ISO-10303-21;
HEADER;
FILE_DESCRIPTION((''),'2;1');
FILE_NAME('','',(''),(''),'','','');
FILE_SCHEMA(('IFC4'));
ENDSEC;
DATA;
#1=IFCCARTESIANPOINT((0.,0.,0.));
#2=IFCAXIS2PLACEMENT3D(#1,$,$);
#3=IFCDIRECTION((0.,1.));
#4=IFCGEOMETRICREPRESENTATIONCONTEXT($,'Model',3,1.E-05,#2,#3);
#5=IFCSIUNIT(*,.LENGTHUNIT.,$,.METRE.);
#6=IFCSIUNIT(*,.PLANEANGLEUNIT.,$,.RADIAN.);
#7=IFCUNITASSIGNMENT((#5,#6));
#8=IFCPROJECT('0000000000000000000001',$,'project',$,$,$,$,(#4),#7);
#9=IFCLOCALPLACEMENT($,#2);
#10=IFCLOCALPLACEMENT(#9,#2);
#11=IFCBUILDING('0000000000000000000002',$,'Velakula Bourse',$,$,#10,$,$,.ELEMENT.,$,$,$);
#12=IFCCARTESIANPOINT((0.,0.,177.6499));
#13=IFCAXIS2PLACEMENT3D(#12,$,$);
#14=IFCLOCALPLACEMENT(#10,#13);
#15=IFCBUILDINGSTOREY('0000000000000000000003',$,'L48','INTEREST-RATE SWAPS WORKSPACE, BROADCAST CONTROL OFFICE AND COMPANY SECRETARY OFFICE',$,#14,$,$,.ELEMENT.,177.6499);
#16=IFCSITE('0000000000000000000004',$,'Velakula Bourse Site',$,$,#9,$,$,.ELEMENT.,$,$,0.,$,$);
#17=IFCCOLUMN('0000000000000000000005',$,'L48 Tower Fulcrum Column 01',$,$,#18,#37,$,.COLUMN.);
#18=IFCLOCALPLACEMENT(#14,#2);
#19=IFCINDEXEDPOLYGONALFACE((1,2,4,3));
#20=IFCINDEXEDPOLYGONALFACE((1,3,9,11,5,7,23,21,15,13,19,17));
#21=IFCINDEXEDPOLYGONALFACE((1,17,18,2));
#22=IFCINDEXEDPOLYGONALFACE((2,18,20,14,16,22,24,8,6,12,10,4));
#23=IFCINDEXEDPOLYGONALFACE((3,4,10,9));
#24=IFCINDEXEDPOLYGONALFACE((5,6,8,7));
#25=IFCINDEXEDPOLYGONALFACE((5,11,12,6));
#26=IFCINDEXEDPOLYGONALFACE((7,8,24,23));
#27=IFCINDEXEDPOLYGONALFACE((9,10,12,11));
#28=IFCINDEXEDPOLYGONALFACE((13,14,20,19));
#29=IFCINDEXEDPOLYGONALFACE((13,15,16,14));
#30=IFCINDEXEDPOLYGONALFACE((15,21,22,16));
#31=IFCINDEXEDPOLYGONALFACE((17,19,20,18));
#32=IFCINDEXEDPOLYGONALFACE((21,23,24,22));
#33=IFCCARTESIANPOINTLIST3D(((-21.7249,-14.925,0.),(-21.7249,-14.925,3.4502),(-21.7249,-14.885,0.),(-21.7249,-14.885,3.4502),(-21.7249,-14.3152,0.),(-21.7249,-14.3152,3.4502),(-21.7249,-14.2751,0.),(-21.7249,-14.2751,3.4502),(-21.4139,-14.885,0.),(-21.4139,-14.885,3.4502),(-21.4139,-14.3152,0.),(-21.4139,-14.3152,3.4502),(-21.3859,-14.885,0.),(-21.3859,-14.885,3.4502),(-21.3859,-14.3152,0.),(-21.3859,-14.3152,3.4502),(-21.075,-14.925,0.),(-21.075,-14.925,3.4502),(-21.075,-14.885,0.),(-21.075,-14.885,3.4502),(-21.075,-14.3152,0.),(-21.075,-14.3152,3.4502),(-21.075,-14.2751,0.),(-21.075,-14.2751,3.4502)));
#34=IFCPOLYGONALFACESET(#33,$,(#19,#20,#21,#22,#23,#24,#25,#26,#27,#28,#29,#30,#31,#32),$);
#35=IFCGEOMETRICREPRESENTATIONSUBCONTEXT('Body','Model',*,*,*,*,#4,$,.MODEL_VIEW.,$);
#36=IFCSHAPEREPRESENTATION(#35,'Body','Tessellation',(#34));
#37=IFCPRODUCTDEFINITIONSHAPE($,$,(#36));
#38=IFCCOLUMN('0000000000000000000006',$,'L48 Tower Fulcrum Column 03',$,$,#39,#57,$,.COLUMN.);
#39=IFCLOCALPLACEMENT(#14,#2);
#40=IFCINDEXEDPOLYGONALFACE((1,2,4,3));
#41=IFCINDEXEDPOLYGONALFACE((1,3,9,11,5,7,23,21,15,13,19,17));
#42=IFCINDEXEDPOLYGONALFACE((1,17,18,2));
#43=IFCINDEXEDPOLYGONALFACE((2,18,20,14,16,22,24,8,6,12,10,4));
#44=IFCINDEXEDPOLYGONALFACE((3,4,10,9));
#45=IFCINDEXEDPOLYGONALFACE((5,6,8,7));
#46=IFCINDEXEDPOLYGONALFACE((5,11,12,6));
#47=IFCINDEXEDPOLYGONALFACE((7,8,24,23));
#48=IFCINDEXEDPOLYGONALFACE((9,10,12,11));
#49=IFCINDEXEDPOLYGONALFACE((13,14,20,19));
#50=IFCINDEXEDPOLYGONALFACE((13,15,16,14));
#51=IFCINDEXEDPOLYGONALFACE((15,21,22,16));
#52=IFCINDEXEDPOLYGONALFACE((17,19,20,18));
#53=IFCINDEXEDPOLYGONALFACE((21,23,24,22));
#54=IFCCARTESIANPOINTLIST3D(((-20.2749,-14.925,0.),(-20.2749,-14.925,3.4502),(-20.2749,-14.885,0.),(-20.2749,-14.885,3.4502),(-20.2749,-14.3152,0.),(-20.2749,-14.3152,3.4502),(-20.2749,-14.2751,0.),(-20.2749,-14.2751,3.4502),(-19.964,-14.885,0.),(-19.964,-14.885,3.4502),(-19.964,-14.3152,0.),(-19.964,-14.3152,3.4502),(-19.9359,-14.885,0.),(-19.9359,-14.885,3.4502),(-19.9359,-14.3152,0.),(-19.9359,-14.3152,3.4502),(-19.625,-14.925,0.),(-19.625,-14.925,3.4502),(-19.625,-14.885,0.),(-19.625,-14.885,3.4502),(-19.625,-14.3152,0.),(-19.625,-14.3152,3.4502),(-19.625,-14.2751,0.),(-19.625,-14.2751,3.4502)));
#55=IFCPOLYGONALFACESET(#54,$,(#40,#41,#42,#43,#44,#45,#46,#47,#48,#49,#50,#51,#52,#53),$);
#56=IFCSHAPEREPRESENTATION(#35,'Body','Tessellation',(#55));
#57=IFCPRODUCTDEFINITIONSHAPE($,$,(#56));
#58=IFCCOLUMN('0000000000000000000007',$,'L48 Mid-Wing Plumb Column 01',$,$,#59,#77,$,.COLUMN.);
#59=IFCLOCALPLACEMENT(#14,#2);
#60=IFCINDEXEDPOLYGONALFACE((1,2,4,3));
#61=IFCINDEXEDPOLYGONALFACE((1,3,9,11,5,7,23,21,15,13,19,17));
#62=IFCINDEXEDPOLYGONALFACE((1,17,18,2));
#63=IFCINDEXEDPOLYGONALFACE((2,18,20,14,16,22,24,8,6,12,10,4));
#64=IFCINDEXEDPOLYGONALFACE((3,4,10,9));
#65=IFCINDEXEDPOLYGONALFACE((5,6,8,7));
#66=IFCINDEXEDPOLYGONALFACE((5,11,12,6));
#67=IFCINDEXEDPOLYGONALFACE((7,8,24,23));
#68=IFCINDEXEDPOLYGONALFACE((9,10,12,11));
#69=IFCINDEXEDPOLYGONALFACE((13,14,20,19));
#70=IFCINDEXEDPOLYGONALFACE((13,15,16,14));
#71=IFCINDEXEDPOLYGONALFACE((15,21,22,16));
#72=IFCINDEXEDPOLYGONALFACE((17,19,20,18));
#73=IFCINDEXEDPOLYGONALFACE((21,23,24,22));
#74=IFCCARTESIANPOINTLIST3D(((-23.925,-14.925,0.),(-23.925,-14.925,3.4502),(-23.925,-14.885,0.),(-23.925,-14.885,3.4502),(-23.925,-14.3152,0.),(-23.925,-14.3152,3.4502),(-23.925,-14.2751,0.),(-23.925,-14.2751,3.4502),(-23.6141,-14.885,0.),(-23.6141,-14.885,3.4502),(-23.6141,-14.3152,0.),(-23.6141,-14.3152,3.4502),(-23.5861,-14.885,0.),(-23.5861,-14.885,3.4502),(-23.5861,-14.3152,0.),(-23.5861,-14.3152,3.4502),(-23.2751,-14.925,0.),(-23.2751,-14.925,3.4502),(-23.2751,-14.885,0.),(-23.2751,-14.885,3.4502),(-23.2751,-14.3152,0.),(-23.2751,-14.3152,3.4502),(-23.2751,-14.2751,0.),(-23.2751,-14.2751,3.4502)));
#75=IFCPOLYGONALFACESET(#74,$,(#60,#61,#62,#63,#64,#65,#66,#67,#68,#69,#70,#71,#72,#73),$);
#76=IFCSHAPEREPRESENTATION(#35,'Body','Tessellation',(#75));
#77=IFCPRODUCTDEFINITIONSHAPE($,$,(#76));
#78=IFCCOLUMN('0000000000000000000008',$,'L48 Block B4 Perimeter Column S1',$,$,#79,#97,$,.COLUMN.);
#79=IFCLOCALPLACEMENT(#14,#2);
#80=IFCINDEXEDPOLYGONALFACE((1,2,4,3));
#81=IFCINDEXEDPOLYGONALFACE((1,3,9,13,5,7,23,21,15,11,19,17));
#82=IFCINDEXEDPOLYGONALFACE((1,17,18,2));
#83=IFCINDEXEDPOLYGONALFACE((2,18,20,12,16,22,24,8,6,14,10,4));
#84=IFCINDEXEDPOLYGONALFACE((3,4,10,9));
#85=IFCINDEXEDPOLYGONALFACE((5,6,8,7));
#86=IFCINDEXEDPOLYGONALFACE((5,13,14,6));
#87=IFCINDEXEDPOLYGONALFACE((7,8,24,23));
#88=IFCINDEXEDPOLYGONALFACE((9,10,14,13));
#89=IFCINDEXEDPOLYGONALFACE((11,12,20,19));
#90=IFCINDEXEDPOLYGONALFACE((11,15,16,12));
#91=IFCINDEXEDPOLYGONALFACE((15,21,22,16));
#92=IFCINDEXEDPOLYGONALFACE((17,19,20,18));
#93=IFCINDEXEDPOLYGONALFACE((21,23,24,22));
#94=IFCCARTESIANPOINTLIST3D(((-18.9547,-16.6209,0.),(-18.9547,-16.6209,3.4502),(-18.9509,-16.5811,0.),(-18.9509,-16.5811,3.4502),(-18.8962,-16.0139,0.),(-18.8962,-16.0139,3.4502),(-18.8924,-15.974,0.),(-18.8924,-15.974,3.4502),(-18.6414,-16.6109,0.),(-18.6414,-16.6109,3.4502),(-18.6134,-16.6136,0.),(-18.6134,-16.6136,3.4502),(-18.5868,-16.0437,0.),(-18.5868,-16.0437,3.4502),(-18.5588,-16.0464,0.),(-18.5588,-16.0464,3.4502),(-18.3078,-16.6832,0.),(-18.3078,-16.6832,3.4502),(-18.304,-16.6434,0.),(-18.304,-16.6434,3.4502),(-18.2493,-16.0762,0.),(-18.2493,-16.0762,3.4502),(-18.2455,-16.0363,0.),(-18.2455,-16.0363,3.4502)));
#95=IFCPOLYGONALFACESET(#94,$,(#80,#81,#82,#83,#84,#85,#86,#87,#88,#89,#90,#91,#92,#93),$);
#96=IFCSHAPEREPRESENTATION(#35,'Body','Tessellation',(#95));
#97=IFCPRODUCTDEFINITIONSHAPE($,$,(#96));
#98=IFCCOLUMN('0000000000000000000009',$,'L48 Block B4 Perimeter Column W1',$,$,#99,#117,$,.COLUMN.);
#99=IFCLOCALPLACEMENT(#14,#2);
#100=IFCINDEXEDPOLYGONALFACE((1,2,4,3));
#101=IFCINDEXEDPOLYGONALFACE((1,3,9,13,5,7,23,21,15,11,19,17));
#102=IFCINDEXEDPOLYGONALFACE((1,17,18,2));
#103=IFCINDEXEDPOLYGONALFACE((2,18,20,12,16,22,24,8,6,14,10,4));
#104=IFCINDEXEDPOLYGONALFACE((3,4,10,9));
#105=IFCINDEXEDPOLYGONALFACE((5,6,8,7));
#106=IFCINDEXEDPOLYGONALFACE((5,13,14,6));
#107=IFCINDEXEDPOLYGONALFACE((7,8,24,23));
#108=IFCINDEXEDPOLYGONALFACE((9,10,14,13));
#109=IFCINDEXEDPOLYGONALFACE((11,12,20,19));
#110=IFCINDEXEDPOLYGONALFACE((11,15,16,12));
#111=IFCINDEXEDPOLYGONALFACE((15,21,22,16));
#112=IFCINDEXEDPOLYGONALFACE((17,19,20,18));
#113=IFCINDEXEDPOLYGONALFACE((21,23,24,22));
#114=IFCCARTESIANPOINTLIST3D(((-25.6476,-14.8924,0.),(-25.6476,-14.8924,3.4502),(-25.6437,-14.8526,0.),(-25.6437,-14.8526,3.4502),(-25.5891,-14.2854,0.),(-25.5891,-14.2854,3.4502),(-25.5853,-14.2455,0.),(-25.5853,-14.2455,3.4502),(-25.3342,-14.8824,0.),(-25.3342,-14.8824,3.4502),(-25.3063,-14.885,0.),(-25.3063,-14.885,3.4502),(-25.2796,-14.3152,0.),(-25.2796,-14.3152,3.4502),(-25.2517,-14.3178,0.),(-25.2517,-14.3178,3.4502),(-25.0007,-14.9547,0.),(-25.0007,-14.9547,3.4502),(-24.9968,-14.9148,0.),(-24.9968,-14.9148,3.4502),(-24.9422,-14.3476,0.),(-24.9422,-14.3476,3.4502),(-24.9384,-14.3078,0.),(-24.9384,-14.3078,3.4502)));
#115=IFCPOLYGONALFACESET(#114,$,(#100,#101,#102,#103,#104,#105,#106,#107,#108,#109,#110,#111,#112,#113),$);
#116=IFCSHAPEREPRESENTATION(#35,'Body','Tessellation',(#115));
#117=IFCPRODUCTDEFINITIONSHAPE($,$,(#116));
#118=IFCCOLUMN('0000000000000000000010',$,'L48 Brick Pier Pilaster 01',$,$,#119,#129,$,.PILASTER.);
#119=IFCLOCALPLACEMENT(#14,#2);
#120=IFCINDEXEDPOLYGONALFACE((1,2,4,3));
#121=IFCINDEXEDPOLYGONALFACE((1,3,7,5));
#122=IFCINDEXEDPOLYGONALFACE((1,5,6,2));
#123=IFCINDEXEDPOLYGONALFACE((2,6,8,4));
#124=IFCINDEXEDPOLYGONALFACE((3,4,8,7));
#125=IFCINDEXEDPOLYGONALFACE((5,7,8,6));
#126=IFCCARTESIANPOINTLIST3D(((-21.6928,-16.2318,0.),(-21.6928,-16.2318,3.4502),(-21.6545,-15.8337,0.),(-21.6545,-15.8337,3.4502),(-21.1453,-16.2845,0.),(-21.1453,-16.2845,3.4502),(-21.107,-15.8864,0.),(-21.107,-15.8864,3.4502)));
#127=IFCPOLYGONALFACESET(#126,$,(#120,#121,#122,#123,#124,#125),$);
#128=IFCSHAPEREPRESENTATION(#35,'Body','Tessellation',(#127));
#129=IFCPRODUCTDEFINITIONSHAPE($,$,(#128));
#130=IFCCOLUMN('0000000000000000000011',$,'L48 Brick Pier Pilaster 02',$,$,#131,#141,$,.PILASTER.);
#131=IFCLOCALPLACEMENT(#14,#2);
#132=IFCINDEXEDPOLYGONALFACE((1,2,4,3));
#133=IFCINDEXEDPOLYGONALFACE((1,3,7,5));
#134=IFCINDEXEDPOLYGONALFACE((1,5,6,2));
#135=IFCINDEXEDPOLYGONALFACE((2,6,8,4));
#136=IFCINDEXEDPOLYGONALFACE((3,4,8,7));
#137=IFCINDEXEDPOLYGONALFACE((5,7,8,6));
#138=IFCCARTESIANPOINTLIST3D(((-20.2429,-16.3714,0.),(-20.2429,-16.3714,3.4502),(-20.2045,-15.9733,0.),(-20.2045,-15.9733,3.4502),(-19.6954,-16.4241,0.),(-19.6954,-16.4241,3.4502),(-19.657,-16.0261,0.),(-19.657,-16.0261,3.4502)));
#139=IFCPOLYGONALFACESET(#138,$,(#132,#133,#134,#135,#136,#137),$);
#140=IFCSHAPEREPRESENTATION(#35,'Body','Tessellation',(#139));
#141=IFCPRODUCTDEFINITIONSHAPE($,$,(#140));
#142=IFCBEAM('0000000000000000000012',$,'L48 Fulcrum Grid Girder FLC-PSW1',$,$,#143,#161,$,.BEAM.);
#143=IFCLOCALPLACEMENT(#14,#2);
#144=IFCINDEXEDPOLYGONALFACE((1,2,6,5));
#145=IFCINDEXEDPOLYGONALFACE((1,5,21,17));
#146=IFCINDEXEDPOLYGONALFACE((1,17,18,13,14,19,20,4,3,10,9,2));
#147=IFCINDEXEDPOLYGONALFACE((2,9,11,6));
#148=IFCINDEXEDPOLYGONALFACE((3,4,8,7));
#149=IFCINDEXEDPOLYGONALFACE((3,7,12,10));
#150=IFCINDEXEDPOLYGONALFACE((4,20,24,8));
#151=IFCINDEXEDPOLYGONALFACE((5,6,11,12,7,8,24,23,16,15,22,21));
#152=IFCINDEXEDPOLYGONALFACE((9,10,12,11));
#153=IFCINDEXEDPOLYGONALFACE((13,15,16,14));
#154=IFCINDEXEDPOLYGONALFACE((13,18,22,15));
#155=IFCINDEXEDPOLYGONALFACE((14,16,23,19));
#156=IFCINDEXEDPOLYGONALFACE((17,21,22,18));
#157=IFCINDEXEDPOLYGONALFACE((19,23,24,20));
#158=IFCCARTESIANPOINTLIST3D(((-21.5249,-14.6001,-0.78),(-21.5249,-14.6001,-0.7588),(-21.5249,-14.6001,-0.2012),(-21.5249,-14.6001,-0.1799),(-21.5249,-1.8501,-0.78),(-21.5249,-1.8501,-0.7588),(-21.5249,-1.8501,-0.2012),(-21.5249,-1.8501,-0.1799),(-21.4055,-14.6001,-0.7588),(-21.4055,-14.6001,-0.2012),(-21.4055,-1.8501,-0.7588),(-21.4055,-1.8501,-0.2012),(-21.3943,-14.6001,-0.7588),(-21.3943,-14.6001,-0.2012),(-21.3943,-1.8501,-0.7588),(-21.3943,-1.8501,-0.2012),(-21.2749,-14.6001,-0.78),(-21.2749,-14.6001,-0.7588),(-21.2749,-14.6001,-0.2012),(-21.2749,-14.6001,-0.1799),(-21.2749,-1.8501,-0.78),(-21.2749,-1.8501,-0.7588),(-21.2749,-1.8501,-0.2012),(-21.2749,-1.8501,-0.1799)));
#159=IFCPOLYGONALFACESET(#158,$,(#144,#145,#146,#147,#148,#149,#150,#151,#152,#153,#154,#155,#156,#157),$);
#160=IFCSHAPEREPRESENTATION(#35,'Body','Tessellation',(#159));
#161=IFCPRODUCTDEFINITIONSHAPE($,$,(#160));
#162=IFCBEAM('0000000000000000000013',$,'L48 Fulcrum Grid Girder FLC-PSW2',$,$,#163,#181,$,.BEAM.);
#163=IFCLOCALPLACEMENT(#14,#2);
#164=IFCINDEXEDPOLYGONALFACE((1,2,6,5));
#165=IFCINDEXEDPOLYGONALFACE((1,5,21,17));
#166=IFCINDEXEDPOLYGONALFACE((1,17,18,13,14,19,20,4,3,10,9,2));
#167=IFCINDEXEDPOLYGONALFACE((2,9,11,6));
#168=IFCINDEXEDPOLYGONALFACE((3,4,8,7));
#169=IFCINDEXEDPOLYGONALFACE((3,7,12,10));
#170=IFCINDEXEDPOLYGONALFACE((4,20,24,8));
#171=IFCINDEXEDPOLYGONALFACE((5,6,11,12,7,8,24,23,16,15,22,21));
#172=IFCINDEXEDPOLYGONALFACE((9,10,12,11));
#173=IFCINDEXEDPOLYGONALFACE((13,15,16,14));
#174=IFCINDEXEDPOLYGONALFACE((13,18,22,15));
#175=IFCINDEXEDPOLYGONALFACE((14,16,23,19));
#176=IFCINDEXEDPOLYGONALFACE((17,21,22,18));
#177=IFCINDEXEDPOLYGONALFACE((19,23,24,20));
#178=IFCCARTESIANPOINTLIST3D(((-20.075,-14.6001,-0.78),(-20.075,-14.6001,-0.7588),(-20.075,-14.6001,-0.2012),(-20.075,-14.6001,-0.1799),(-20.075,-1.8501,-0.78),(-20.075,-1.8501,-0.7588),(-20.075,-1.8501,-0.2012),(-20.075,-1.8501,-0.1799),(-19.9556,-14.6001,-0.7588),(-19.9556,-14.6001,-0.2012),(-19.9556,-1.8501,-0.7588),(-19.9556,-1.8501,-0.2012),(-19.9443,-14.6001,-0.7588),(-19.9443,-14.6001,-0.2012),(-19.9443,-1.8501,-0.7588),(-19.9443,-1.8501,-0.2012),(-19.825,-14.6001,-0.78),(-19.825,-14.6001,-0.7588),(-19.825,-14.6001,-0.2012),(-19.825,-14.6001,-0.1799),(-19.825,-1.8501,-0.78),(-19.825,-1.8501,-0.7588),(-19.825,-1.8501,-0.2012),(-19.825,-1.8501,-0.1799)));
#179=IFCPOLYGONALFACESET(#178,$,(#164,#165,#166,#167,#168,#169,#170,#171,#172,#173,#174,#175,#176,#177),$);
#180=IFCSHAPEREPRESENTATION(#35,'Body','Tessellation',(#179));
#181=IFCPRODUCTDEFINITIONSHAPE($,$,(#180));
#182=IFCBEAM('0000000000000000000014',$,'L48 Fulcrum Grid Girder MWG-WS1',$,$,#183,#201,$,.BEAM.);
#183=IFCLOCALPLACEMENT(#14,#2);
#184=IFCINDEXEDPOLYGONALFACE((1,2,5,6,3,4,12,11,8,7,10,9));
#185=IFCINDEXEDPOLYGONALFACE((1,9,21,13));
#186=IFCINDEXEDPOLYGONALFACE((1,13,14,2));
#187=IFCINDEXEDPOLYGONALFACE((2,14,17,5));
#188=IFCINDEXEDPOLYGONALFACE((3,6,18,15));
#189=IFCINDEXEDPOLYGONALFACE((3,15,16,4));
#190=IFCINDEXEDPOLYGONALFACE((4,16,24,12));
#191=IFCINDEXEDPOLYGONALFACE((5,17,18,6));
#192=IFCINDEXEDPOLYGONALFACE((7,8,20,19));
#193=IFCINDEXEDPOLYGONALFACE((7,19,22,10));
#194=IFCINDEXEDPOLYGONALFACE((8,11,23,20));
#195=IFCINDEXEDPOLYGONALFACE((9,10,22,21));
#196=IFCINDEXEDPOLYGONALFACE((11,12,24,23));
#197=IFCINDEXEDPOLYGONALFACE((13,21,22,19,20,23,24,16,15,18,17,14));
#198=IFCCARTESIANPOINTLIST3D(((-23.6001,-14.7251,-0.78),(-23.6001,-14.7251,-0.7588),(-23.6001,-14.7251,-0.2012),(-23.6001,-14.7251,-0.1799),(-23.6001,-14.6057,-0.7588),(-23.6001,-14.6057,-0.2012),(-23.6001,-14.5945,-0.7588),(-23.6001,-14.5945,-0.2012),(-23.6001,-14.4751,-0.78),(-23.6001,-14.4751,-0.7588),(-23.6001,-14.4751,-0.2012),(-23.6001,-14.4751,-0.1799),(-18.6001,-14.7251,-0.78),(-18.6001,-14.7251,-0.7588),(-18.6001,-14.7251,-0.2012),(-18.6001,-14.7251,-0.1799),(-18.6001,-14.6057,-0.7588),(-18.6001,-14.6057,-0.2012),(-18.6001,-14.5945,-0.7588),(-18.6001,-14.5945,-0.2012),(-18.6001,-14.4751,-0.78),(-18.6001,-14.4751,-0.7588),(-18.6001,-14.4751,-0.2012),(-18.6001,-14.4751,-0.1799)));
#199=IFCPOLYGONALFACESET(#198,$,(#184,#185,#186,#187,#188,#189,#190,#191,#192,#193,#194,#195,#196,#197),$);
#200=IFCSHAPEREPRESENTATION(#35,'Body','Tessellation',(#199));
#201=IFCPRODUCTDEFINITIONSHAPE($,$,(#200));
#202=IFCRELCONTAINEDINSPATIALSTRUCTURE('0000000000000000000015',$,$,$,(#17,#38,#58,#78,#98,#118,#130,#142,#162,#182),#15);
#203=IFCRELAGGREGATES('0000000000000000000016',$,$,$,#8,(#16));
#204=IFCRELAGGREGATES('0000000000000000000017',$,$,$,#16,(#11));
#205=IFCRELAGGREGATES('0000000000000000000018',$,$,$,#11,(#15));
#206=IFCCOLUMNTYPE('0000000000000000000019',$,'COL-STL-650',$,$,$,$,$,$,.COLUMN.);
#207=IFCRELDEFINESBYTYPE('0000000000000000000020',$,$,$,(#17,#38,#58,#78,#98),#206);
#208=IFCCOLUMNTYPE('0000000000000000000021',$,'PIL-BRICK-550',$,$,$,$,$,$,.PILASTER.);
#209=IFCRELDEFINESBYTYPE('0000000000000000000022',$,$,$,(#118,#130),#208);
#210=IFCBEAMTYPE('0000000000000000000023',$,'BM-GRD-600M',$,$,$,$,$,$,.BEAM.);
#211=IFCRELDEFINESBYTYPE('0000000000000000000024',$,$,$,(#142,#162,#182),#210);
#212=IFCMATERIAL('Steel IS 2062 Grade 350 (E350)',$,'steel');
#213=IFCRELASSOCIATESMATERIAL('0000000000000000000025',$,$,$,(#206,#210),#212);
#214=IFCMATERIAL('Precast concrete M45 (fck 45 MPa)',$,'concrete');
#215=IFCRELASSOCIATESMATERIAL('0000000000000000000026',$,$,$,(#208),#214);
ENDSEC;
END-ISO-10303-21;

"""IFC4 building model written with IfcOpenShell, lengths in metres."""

from ifc_helpers import new_model, si_unit, direction, frame, origin, origin_2d, place, context, subcontext, project, spatial, rectangle, i_section, extrude, material, material_profile, profile_set, type_object, element, save


model = new_model("IFC4")

# Units and contexts
model_context = context("Model", 3, precision=1e-05, world=origin(), true_north=direction((0.0, 1.0)))
body_context = subcontext(model_context, "Body", "Model", "MODEL_VIEW")
ifc_project = project(units=[si_unit("LENGTHUNIT", "METRE"), si_unit("PLANEANGLEUNIT", "RADIAN")], contexts=[model_context])

# Site, building, storey
site_placement = place(None, origin())
site = spatial("IfcSite", under=ifc_project, at=site_placement, Name="Velakula Bourse Site", CompositionType="ELEMENT", RefElevation=0.0)
building_placement = place(site_placement, origin())
building = spatial("IfcBuilding", under=site, at=building_placement, Name="Velakula Bourse", CompositionType="ELEMENT")
storey_placement = place(building_placement, frame((0.0, 0.0, 177.6499)))
storey = spatial("IfcBuildingStorey", under=building, at=storey_placement, Name="L48", Description="INTEREST-RATE SWAPS WORKSPACE, BROADCAST CONTROL OFFICE AND COMPANY SECRETARY OFFICE", CompositionType="ELEMENT", Elevation=177.6499)

# Columns
ifc_material_1 = material(Name="Steel IS 2062 Grade 350 (E350)", Category="steel")
ifc_material_profile_1 = material_profile(ifc_material_1, i_section(OverallWidth=0.6499, OverallDepth=0.6499, WebThickness=0.0281, FlangeThickness=0.04, at=origin_2d()), Name="Steel IS 2062 Grade 350 (E350)")
ifc_profile_set_1 = profile_set([ifc_material_profile_1], Name="Steel IS 2062 Grade 350 (E350)")
column_type_1 = type_object("IfcColumnType", Name="COL-STL-650", PredefinedType="COLUMN", material=ifc_profile_set_1)
for number, where, z_axis, x_axis, name in (
    (1, (-21.3999, -14.6001, 0.0), (0.0, 0.0, 1.0), (1.0, 0.0, 0.0), "L48 Tower Fulcrum Column 01"),
    (2, (-19.95, -14.6001, 0.0), (0.0, 0.0, 1.0), (1.0, 0.0, 0.0), "L48 Tower Fulcrum Column 03"),
    (3, (-23.6001, -14.6001, 0.0), (0.0, 0.0, 1.0), (1.0, 0.0, 0.0), "L48 Mid-Wing Plumb Column 01"),
    (4, (-18.6001, -16.3286, 0.0), (0.0, 0.0, 1.0), (0.995396, -0.095846, 0.0), "L48 Block B4 Perimeter Column S1"),
    (5, (-25.293, -14.6001, 0.0), (0.0, 0.0, 1.0), (0.995396, -0.095846, 0.0), "L48 Block B4 Perimeter Column W1"),
):
    element("IfcColumn", number, at=place(storey_placement, frame(where, z_axis=z_axis, x_axis=x_axis)), inside=storey, type_object=column_type_1, Name=name, PredefinedType="COLUMN", context=body_context, shape_type="SweptSolid", body=[
        extrude(i_section(OverallWidth=0.6499, OverallDepth=0.6499, WebThickness=0.0281, FlangeThickness=0.04, at=origin_2d()), origin(), (0.0, 0.0, 1.0), 3.4502),
    ])
ifc_material_2 = material(Name="Precast concrete M45 (fck 45 MPa)", Category="concrete")
ifc_material_profile_2 = material_profile(ifc_material_2, rectangle(XDim=0.55, YDim=0.3999, at=origin_2d()), Name="Precast concrete M45 (fck 45 MPa)")
ifc_profile_set_2 = profile_set([ifc_material_profile_2], Name="Precast concrete M45 (fck 45 MPa)")
column_type_2 = type_object("IfcColumnType", Name="PIL-BRICK-550", PredefinedType="PILASTER", material=ifc_profile_set_2)
for number, where, z_axis, x_axis, name in (
    (6, (-21.3999, -16.0591, 0.0), (0.0, 0.0, 1.0), (0.995396, -0.095846, 0.0), "L48 Brick Pier Pilaster 01"),
    (7, (-19.95, -16.1987, 0.0), (0.0, 0.0, 1.0), (0.995396, -0.095846, 0.0), "L48 Brick Pier Pilaster 02"),
):
    element("IfcColumn", number, at=place(storey_placement, frame(where, z_axis=z_axis, x_axis=x_axis)), inside=storey, type_object=column_type_2, Name=name, PredefinedType="PILASTER", context=body_context, shape_type="SweptSolid", body=[
        extrude(rectangle(XDim=0.55, YDim=0.3999, at=origin_2d()), origin(), (0.0, 0.0, 1.0), 3.4502),
    ])

# Beams
ifc_material_profile_3 = material_profile(ifc_material_1, i_section(OverallWidth=0.25, OverallDepth=0.6001, WebThickness=0.0112, FlangeThickness=0.0212, at=origin_2d()), Name="Steel IS 2062 Grade 350 (E350)")
ifc_profile_set_3 = profile_set([ifc_material_profile_3], Name="Steel IS 2062 Grade 350 (E350)")
beam_type_1 = type_object("IfcBeamType", Name="BM-GRD-600M", PredefinedType="BEAM", material=ifc_profile_set_3)
for number, where, z_axis, x_axis, name in (
    (8, (-21.3999, -14.6001, -0.48), (0.0, 1.0, 0.0), (-1.0, 0.0, 0.0), "L48 Fulcrum Grid Girder FLC-PSW1"),
    (9, (-19.95, -14.6001, -0.48), (0.0, 1.0, 0.0), (-1.0, 0.0, 0.0), "L48 Fulcrum Grid Girder FLC-PSW2"),
):
    element("IfcBeam", number, at=place(storey_placement, frame(where, z_axis=z_axis, x_axis=x_axis)), inside=storey, type_object=beam_type_1, Name=name, PredefinedType="BEAM", context=body_context, shape_type="SweptSolid", body=[
        extrude(i_section(OverallWidth=0.25, OverallDepth=0.6001, WebThickness=0.0112, FlangeThickness=0.0212, at=origin_2d()), origin(), (0.0, 0.0, 1.0), 12.75),
    ])
beam_1_placement = place(storey_placement, frame((-23.6001, -14.6001, -0.48), z_axis=(1.0, 0.0, 0.0), x_axis=(0.0, 1.0, 0.0)))
element("IfcBeam", 10, at=beam_1_placement, inside=storey, type_object=beam_type_1, Name="L48 Fulcrum Grid Girder MWG-WS1", PredefinedType="BEAM", context=body_context, shape_type="SweptSolid", body=[
    extrude(i_section(OverallWidth=0.25, OverallDepth=0.6001, WebThickness=0.0112, FlangeThickness=0.0212, at=origin_2d()), origin(), (0.0, 0.0, 1.0), 5.0),
])

save(model, "model.ifc")
